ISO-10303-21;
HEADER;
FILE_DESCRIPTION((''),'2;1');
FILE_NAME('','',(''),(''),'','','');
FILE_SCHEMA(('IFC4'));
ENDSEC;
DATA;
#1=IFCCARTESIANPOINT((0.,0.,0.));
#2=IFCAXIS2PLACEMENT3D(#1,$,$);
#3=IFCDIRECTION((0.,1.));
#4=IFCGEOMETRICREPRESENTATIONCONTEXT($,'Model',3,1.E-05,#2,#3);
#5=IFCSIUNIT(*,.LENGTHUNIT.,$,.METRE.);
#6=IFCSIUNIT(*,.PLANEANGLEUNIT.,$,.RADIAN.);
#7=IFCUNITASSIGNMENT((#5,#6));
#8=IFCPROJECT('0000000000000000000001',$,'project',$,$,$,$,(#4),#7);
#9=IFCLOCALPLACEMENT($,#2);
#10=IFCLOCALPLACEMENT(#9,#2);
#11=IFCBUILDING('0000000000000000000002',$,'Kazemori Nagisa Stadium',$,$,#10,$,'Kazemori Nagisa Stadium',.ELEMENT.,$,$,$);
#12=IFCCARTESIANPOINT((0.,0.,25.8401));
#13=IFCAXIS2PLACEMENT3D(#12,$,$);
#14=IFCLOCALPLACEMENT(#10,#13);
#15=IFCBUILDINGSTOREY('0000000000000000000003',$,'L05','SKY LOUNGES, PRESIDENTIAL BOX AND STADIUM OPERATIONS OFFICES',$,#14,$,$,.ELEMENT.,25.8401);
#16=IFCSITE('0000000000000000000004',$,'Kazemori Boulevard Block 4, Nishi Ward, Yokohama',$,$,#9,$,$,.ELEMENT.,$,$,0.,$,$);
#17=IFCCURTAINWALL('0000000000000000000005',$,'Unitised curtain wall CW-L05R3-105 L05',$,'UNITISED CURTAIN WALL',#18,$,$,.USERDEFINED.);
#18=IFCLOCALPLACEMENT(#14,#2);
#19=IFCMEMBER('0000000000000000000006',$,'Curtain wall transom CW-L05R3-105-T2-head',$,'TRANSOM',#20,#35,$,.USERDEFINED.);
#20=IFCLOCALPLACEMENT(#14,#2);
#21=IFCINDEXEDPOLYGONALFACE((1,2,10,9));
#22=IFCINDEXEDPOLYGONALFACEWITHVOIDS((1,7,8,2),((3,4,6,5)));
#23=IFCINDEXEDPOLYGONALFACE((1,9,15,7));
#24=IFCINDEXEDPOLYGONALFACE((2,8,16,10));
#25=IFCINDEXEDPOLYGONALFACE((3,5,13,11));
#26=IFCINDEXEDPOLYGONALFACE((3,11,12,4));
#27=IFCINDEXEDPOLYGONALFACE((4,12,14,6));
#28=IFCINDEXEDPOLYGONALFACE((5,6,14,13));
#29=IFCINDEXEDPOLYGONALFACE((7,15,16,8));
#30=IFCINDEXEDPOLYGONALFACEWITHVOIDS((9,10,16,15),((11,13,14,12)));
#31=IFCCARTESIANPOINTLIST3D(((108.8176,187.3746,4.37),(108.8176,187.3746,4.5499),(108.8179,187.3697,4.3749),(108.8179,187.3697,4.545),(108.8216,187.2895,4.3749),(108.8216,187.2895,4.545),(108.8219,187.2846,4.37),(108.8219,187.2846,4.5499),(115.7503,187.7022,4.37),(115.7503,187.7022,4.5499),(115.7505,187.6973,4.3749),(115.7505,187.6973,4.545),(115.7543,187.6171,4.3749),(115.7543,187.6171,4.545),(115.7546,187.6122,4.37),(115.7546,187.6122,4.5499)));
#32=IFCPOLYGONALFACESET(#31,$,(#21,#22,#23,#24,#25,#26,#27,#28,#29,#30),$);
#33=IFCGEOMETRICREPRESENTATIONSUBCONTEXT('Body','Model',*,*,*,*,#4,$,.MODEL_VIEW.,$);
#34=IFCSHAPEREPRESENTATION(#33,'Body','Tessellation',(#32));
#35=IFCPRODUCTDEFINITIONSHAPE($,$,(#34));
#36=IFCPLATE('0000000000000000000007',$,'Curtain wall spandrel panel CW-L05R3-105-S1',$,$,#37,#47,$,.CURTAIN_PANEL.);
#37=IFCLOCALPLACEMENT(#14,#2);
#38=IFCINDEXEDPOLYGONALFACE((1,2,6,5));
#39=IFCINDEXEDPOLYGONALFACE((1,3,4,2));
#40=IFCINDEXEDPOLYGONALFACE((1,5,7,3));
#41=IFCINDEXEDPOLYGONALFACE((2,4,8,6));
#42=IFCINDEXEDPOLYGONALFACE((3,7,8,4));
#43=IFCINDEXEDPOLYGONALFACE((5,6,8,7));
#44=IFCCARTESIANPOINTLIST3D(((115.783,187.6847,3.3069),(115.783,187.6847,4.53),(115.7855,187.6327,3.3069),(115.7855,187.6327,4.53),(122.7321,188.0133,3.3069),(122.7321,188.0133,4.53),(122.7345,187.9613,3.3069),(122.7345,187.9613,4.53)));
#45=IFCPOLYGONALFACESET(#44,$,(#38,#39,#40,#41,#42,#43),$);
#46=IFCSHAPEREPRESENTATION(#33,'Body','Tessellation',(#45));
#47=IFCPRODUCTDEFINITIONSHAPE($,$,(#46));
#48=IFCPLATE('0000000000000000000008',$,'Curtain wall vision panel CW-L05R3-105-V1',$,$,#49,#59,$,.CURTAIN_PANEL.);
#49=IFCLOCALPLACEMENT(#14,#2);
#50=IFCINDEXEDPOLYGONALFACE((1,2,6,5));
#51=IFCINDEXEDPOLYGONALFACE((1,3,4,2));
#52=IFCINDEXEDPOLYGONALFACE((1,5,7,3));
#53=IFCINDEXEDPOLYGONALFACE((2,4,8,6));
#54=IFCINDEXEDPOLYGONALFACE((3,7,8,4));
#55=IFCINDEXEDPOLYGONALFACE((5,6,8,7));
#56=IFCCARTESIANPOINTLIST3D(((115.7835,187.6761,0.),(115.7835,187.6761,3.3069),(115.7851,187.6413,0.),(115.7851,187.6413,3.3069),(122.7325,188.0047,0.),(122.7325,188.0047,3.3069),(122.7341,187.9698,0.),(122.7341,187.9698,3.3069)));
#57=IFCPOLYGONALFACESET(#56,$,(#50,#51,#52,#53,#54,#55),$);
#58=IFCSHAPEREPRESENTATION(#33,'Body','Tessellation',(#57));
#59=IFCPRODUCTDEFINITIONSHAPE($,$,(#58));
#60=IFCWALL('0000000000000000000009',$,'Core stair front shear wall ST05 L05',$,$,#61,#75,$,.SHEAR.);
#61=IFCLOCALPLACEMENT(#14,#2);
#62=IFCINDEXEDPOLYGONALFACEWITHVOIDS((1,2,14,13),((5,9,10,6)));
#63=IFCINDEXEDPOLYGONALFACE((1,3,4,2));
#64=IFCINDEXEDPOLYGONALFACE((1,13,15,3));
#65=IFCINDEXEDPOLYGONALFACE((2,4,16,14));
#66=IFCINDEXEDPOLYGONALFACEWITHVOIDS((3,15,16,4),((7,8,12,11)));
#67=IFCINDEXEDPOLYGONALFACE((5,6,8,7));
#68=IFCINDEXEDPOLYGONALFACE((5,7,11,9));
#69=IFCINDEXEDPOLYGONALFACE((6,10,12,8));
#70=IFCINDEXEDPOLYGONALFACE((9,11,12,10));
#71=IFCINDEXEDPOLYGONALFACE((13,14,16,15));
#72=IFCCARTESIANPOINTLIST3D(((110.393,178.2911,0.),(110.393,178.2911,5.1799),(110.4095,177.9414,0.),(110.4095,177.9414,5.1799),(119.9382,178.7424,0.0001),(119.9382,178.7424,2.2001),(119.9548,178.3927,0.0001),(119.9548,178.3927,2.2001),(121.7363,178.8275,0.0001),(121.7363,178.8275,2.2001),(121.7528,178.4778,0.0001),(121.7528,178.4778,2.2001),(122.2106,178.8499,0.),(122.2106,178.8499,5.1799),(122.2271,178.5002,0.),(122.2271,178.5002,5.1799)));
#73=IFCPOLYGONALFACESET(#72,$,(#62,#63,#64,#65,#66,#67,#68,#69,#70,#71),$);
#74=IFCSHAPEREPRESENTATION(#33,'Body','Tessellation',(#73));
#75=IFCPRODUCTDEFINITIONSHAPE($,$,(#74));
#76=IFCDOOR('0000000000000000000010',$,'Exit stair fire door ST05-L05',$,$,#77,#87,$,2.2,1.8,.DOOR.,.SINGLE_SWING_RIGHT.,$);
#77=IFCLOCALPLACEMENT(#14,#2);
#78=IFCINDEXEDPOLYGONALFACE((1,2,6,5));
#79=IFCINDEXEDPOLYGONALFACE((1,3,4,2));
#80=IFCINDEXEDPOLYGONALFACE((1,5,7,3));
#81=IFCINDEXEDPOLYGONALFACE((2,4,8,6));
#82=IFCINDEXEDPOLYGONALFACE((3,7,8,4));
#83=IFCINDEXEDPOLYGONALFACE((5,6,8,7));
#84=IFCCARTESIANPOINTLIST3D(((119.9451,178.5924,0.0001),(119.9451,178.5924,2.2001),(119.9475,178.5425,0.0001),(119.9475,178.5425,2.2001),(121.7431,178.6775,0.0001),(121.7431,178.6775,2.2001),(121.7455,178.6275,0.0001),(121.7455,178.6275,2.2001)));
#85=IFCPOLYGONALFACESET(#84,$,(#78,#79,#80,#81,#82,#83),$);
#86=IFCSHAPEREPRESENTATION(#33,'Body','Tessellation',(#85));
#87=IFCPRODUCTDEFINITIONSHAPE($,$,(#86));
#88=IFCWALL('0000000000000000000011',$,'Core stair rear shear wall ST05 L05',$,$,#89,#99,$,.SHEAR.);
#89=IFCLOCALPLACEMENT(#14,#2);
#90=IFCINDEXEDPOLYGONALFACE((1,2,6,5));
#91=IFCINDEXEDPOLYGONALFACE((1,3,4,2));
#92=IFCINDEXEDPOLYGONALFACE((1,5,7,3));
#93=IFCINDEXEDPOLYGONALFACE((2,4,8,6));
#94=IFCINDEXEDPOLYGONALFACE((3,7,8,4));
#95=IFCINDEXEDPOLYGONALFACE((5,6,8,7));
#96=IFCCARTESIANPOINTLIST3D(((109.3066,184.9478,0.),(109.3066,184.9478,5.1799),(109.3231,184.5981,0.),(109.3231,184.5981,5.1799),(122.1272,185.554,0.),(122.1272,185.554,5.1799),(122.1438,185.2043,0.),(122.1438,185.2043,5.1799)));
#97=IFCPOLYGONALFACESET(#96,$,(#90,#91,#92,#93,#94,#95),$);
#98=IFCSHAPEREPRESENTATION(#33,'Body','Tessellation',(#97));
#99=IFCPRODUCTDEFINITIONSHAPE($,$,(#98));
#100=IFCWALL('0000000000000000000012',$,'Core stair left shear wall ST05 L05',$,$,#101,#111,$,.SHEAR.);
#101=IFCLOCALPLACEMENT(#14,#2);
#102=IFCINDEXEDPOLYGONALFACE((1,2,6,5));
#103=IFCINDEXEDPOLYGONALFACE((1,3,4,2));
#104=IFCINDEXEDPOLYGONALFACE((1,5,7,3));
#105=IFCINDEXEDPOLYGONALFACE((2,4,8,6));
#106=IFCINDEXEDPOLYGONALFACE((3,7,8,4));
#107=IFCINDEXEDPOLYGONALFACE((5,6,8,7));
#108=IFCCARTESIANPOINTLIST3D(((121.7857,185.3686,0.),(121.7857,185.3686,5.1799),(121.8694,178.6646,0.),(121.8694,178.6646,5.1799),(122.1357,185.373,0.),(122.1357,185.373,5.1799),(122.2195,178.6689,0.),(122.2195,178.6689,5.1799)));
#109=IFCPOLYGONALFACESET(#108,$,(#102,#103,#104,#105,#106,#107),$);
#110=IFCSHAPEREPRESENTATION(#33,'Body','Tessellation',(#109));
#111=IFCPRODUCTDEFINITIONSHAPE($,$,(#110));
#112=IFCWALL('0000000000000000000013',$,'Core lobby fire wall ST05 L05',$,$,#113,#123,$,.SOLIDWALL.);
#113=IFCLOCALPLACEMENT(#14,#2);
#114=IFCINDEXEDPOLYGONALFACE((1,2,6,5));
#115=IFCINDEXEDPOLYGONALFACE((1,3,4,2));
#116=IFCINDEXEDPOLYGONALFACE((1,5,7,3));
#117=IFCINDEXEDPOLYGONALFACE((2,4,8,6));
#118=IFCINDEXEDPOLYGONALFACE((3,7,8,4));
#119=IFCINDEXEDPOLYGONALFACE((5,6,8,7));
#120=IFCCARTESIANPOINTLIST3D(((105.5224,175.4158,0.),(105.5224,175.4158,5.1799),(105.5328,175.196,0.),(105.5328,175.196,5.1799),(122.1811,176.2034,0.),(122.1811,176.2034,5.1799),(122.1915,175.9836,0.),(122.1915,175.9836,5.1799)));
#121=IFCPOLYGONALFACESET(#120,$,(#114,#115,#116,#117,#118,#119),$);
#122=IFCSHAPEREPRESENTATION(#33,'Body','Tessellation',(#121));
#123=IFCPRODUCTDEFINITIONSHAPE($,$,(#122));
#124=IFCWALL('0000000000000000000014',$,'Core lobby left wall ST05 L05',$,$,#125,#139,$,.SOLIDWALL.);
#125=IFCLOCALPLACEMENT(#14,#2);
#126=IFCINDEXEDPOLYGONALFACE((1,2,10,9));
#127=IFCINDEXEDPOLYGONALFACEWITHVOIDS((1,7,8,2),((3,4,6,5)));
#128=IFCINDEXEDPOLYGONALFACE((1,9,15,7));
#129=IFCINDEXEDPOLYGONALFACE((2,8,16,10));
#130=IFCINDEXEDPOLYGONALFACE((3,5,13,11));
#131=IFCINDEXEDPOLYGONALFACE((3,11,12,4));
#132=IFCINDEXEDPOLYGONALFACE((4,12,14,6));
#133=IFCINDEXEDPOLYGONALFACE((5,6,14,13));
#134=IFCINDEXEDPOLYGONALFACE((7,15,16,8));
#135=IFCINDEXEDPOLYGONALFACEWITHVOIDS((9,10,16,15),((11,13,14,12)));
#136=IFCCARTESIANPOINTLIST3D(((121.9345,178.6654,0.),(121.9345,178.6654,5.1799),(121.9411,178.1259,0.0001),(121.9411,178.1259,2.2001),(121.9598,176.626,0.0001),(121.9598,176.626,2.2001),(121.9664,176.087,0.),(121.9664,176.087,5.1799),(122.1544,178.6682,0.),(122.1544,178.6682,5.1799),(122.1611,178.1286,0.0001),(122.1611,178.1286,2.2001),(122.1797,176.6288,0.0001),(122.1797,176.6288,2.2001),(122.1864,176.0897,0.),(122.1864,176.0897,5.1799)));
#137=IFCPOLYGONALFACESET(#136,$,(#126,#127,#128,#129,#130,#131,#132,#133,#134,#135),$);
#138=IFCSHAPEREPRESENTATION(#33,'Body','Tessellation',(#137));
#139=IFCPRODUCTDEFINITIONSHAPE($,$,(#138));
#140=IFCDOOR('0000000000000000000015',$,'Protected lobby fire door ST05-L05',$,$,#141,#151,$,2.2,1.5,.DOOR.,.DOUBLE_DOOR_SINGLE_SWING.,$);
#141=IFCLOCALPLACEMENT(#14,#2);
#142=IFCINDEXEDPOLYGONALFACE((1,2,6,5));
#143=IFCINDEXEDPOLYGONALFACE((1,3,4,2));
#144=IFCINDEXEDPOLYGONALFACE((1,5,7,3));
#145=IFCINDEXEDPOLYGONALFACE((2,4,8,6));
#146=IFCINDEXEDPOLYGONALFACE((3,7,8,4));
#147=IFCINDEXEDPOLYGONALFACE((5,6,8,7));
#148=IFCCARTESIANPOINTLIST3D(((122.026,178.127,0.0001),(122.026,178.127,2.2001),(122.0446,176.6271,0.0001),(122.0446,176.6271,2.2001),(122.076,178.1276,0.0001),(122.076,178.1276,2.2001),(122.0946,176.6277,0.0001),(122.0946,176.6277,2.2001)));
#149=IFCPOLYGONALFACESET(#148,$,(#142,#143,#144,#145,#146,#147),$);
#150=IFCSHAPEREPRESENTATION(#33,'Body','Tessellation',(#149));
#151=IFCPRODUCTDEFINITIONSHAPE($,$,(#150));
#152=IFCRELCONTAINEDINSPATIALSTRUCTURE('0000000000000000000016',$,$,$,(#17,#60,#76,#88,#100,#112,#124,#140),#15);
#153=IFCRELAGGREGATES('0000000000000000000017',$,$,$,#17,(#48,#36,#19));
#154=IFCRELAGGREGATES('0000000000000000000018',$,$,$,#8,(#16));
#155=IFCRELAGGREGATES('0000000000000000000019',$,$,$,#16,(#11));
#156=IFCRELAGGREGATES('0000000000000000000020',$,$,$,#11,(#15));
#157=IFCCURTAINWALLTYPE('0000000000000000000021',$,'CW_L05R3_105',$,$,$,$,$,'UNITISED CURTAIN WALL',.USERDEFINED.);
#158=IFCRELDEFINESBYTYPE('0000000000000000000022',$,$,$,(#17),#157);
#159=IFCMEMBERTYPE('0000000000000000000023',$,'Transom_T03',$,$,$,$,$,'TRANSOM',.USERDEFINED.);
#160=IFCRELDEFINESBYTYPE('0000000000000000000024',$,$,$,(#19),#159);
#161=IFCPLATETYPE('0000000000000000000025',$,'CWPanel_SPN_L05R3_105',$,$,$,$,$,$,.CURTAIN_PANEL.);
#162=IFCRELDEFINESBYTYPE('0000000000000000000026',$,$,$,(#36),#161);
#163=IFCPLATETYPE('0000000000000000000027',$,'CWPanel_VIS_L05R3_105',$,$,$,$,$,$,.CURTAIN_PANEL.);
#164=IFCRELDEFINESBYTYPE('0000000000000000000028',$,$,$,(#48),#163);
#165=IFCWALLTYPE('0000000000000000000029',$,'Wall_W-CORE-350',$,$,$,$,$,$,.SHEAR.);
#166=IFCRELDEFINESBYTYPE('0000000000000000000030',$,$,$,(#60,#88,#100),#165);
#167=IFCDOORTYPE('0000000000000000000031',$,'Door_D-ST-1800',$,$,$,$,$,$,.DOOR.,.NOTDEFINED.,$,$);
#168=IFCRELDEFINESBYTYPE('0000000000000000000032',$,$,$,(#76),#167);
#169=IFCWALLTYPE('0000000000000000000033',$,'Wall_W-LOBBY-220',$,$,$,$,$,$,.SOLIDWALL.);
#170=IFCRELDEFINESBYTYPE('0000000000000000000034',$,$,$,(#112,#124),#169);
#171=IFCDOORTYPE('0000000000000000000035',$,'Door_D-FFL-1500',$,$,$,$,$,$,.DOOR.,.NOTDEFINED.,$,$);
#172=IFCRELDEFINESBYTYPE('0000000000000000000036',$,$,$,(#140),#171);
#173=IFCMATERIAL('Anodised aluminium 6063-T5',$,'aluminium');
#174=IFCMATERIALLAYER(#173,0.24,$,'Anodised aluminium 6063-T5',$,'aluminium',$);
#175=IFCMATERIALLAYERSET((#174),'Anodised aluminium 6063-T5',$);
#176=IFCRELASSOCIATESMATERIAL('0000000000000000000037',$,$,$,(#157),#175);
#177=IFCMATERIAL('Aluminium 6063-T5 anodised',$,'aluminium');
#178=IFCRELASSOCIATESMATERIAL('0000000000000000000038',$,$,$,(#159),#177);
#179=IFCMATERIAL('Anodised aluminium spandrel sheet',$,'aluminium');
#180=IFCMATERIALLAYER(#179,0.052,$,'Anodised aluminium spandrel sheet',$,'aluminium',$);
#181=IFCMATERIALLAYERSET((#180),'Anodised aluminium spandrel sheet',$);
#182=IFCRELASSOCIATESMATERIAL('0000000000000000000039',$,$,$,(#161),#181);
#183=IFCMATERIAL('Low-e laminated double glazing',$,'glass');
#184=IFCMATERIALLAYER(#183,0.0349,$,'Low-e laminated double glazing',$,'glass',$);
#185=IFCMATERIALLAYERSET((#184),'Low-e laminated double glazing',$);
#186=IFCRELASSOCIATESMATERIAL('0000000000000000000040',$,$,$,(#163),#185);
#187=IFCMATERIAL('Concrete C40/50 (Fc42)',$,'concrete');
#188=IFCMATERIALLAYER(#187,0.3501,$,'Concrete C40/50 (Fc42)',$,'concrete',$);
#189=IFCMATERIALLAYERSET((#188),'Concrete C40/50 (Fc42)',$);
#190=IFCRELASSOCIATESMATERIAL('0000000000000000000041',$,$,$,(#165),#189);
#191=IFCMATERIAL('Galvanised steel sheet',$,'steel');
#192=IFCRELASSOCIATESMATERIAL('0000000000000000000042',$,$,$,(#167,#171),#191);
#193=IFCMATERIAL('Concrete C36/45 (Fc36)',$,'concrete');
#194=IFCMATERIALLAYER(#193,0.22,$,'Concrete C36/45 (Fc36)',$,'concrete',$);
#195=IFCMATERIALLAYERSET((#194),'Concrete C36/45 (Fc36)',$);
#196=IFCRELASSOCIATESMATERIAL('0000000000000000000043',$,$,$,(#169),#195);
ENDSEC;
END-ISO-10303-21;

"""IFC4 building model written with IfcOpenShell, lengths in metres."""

from ifc_helpers import new_model, si_unit, direction, frame, frame_2d, origin, origin_2d, place, context, subcontext, project, spatial, rectangle, hollow_rectangle, extrude, material, layer, layer_set, material_profile, profile_set, type_object, element, fill, aggregate, save


model = new_model("IFC4")

# Units and contexts
model_context = context("Model", 3, precision=1e-05, world=origin(), true_north=direction((0.0, 1.0)))
body_context = subcontext(model_context, "Body", "Model", "MODEL_VIEW")
ifc_project = project(units=[si_unit("LENGTHUNIT", "METRE"), si_unit("PLANEANGLEUNIT", "RADIAN")], contexts=[model_context])

# Site, building, storey
site_placement = place(None, origin())
site = spatial("IfcSite", under=ifc_project, at=site_placement, Name="Kazemori Boulevard Block 4, Nishi Ward, Yokohama", CompositionType="ELEMENT", RefElevation=0.0)
building_placement = place(site_placement, origin())
building = spatial("IfcBuilding", under=site, at=building_placement, Name="Kazemori Nagisa Stadium", LongName="Kazemori Nagisa Stadium", CompositionType="ELEMENT")
storey_placement = place(building_placement, frame((0.0, 0.0, 25.8401)))
storey = spatial("IfcBuildingStorey", under=building, at=storey_placement, Name="L05", Description="SKY LOUNGES, PRESIDENTIAL BOX AND STADIUM OPERATIONS OFFICES", CompositionType="ELEMENT", Elevation=25.8401)

# Shared definitions
ifc_material_1 = material(Name="Concrete C40/50 (Fc42)", Category="concrete")

# Curtain wall, member, plates
ifc_material_2 = material(Name="Anodised aluminium 6063-T5", Category="aluminium")
ifc_layer_1 = layer(ifc_material_2, 0.24, Name="Anodised aluminium 6063-T5", Category="aluminium")
ifc_layer_set_1 = layer_set([ifc_layer_1], Name="Anodised aluminium 6063-T5")
curtain_wall_type = type_object("IfcCurtainWallType", Name="CW_L05R3_105", ElementType="UNITISED CURTAIN WALL", PredefinedType="USERDEFINED", material=ifc_layer_set_1)
curtain_wall_placement = place(storey_placement, origin())
curtain_wall = element("IfcCurtainWall", 1, at=curtain_wall_placement, inside=storey, type_object=curtain_wall_type, Name="Unitised curtain wall CW-L05R3-105 L05", ObjectType="UNITISED CURTAIN WALL", PredefinedType="USERDEFINED")
ifc_material_3 = material(Name="Aluminium 6063-T5 anodised", Category="aluminium")
ifc_material_profile_1 = material_profile(ifc_material_3, hollow_rectangle(XDim=0.0901, YDim=0.1799, WallThickness=0.0049, at=origin_2d()), Name="ALU-TRAN-90x180x5")
ifc_profile_set_1 = profile_set([ifc_material_profile_1], Name="Aluminium 6063-T5 anodised")
member_type_1 = type_object("IfcMemberType", Name="Transom_T03", ElementType="TRANSOM", PredefinedType="USERDEFINED", material=ifc_profile_set_1)
member_1_placement = place(storey_placement, frame((115.7524, 187.6572, 4.46), z_axis=(-0.998885, -0.047207, 0.0), x_axis=(0.047207, -0.998885, 0.0)))
member_1 = element("IfcMember", 2, at=member_1_placement, type_object=member_type_1, Name="Curtain wall transom CW-L05R3-105-T2-head", ObjectType="TRANSOM", PredefinedType="USERDEFINED", context=body_context, shape_type="SweptSolid", body=[
    extrude(hollow_rectangle(XDim=0.0901, YDim=0.1799, WallThickness=0.0049, at=origin_2d()), origin(), (0.0, 0.0, 1.0), 6.9404),
])
ifc_material_4 = material(Name="Anodised aluminium spandrel sheet", Category="aluminium")
ifc_layer_2 = layer(ifc_material_4, 0.052, Name="Anodised aluminium spandrel sheet", Category="aluminium")
ifc_layer_set_2 = layer_set([ifc_layer_2], Name="Anodised aluminium spandrel sheet")
plate_type_1 = type_object("IfcPlateType", Name="CWPanel_SPN_L05R3_105", PredefinedType="CURTAIN_PANEL", material=ifc_layer_set_2)
plate_1_placement = place(storey_placement, frame((119.2588, 187.823, 3.3069), z_axis=(0.0, 0.0, 1.0), x_axis=(-0.998884, -0.04723, 0.0)))
plate_1 = element("IfcPlate", 3, at=plate_1_placement, type_object=plate_type_1, Name="Curtain wall spandrel panel CW-L05R3-105-S1", PredefinedType="CURTAIN_PANEL", context=body_context, shape_type="SweptSolid", body=[
    extrude(rectangle(XDim=6.9568, YDim=0.052, at=origin_2d()), origin(), (0.0, 0.0, 1.0), 1.2231),
])
ifc_material_5 = material(Name="Low-e laminated double glazing", Category="glass")
ifc_layer_3 = layer(ifc_material_5, 0.0349, Name="Low-e laminated double glazing", Category="glass")
ifc_layer_set_3 = layer_set([ifc_layer_3], Name="Low-e laminated double glazing")
plate_type_2 = type_object("IfcPlateType", Name="CWPanel_VIS_L05R3_105", PredefinedType="CURTAIN_PANEL", material=ifc_layer_set_3)
plate_2_placement = place(storey_placement, frame((119.2588, 187.823, 0.0), z_axis=(0.0, 0.0, 1.0), x_axis=(-0.998884, -0.04723, 0.0)))
plate_2 = element("IfcPlate", 4, at=plate_2_placement, type_object=plate_type_2, Name="Curtain wall vision panel CW-L05R3-105-V1", PredefinedType="CURTAIN_PANEL", context=body_context, shape_type="SweptSolid", body=[
    extrude(rectangle(XDim=6.9568, YDim=0.0349, at=origin_2d()), origin(), (0.0, 0.0, 1.0), 3.3069),
])
aggregate(curtain_wall, [plate_2, plate_1, member_1])

# Wall, opening, door
ifc_layer_4 = layer(ifc_material_1, 0.3501, Name="Concrete C40/50 (Fc42)", Category="concrete")
ifc_layer_set_4 = layer_set([ifc_layer_4], Name="Concrete C40/50 (Fc42)")
wall_type_1 = type_object("IfcWallType", Name="Wall_W-CORE-350", PredefinedType="SHEAR", material=ifc_layer_set_4)
wall_1_placement = place(storey_placement, frame((122.219, 178.675, 0.0), z_axis=(0.0, 0.0, 1.0), x_axis=(-0.998884, -0.047236, 0.0)))
wall_1 = element("IfcWall", 5, at=wall_1_placement, inside=storey, type_object=wall_type_1, Name="Core stair front shear wall ST05 L05", PredefinedType="SHEAR", context=body_context, shape_type="SweptSolid", body=[
    extrude(rectangle(XDim=11.8308, YDim=0.3501, at=frame_2d((5.9155, 0.0))), origin(), (0.0, 0.0, 1.0), 5.1799),
])
opening_1_placement = place(wall_1_placement, frame((0.4751, 0.0, 0.0)))
opening_1 = element("IfcOpeningElement", 6, at=opening_1_placement, cuts=wall_1, PredefinedType="OPENING", context=body_context, shape_type="SweptSolid", body=[
    extrude(rectangle(XDim=1.8, YDim=2.2, at=frame_2d((0.8999, 1.1001))), frame((0.0, 0.1851, 0.0), z_axis=(0.0, -1.0, 0.0), x_axis=(1.0, 0.0, 0.0)), (0.0, 0.0, 1.0), 0.3701),
])
ifc_material_6 = material(Name="Galvanised steel sheet", Category="steel")
door_type_1 = type_object("IfcDoorType", Name="Door_D-ST-1800", OperationType="NOTDEFINED", PredefinedType="DOOR", material=ifc_material_6)
door_1_placement = place(opening_1_placement, frame((1.8, 0.0, 0.0), z_axis=(0.0, 0.0, 1.0), x_axis=(-1.0, 0.0, 0.0)))
door_1 = element("IfcDoor", 7, at=door_1_placement, inside=storey, type_object=door_type_1, Name="Exit stair fire door ST05-L05", OperationType="SINGLE_SWING_RIGHT", OverallHeight=2.2, OverallWidth=1.8, PredefinedType="DOOR", context=body_context, shape_type="SweptSolid", body=[
    extrude(rectangle(XDim=1.8, YDim=2.2, at=frame_2d((0.8999, 1.1001))), frame((0.0, 0.0249, 0.0), z_axis=(0.0, -1.0, 0.0), x_axis=(1.0, 0.0, 0.0)), (0.0, 0.0, 1.0), 0.05),
])
fill(opening_1, door_1)

# Walls
wall_2_placement = place(storey_placement, frame((122.1355, 185.3792, 0.0), z_axis=(0.0, 0.0, 1.0), x_axis=(-0.998884, -0.047231, 0.0)))
element("IfcWall", 8, at=wall_2_placement, inside=storey, type_object=wall_type_1, Name="Core stair rear shear wall ST05 L05", PredefinedType="SHEAR", context=body_context, shape_type="SweptSolid", body=[
    extrude(rectangle(XDim=12.835, YDim=0.3501, at=frame_2d((6.4175, 0.0))), origin(), (0.0, 0.0, 1.0), 5.1799),
])
wall_3_placement = place(storey_placement, frame((122.0444, 178.6667, 0.0), z_axis=(0.0, 0.0, 1.0), x_axis=(-0.01249, 0.999922, 0.0)))
element("IfcWall", 9, at=wall_3_placement, inside=storey, type_object=wall_type_1, Name="Core stair left shear wall ST05 L05", PredefinedType="SHEAR", context=body_context, shape_type="SweptSolid", body=[
    extrude(rectangle(XDim=6.7046, YDim=0.3501, at=frame_2d((3.3523, 0.0))), origin(), (0.0, 0.0, 1.0), 5.1799),
])
ifc_material_7 = material(Name="Concrete C36/45 (Fc36)", Category="concrete")
ifc_layer_5 = layer(ifc_material_7, 0.22, Name="Concrete C36/45 (Fc36)", Category="concrete")
ifc_layer_set_5 = layer_set([ifc_layer_5], Name="Concrete C36/45 (Fc36)")
wall_type_2 = type_object("IfcWallType", Name="Wall_W-LOBBY-220", PredefinedType="SOLIDWALL", material=ifc_layer_set_5)
wall_4_placement = place(storey_placement, frame((122.1863, 176.0935, 0.0), z_axis=(0.0, 0.0, 1.0), x_axis=(-0.998884, -0.047226, 0.0)))
element("IfcWall", 10, at=wall_4_placement, inside=storey, type_object=wall_type_2, Name="Core lobby fire wall ST05 L05", PredefinedType="SOLIDWALL", context=body_context, shape_type="SweptSolid", body=[
    extrude(rectangle(XDim=16.6772, YDim=0.22, at=frame_2d((8.3386, 0.0))), origin(), (0.0, 0.0, 1.0), 5.1799),
])

# Wall, opening, door
wall_5_placement = place(storey_placement, frame((122.0764, 176.0884, 0.0), z_axis=(0.0, 0.0, 1.0), x_axis=(-0.012403, 0.999923, 0.0)))
wall_5 = element("IfcWall", 11, at=wall_5_placement, inside=storey, type_object=wall_type_2, Name="Core lobby left wall ST05 L05", PredefinedType="SOLIDWALL", context=body_context, shape_type="SweptSolid", body=[
    extrude(rectangle(XDim=2.5786, YDim=0.22, at=frame_2d((1.2893, 0.0))), origin(), (0.0, 0.0, 1.0), 5.1799),
])
opening_2_placement = place(wall_5_placement, frame((0.5391, 0.0, 0.0)))
opening_2 = element("IfcOpeningElement", 12, at=opening_2_placement, cuts=wall_5, PredefinedType="OPENING", context=body_context, shape_type="SweptSolid", body=[
    extrude(rectangle(XDim=1.5, YDim=2.2, at=frame_2d((0.75, 1.1001))), frame((0.0, 0.1199, 0.0), z_axis=(0.0, -1.0, 0.0), x_axis=(1.0, 0.0, 0.0)), (0.0, 0.0, 1.0), 0.24),
])
door_type_2 = type_object("IfcDoorType", Name="Door_D-FFL-1500", OperationType="NOTDEFINED", PredefinedType="DOOR", material=ifc_material_6)
door_2_placement = place(opening_2_placement, frame((1.5, 0.0, 0.0), z_axis=(0.0, 0.0, 1.0), x_axis=(-1.0, 0.0, 0.0)))
door_2 = element("IfcDoor", 13, at=door_2_placement, inside=storey, type_object=door_type_2, Name="Protected lobby fire door ST05-L05", OperationType="DOUBLE_DOOR_SINGLE_SWING", OverallHeight=2.2, OverallWidth=1.5, PredefinedType="DOOR", context=body_context, shape_type="SweptSolid", body=[
    extrude(rectangle(XDim=1.5, YDim=2.2, at=frame_2d((0.75, 1.1001))), frame((0.0, 0.0249, 0.0), z_axis=(0.0, -1.0, 0.0), x_axis=(1.0, 0.0, 0.0)), (0.0, 0.0, 1.0), 0.05),
])
fill(opening_2, door_2)

save(model, "model.ifc")
